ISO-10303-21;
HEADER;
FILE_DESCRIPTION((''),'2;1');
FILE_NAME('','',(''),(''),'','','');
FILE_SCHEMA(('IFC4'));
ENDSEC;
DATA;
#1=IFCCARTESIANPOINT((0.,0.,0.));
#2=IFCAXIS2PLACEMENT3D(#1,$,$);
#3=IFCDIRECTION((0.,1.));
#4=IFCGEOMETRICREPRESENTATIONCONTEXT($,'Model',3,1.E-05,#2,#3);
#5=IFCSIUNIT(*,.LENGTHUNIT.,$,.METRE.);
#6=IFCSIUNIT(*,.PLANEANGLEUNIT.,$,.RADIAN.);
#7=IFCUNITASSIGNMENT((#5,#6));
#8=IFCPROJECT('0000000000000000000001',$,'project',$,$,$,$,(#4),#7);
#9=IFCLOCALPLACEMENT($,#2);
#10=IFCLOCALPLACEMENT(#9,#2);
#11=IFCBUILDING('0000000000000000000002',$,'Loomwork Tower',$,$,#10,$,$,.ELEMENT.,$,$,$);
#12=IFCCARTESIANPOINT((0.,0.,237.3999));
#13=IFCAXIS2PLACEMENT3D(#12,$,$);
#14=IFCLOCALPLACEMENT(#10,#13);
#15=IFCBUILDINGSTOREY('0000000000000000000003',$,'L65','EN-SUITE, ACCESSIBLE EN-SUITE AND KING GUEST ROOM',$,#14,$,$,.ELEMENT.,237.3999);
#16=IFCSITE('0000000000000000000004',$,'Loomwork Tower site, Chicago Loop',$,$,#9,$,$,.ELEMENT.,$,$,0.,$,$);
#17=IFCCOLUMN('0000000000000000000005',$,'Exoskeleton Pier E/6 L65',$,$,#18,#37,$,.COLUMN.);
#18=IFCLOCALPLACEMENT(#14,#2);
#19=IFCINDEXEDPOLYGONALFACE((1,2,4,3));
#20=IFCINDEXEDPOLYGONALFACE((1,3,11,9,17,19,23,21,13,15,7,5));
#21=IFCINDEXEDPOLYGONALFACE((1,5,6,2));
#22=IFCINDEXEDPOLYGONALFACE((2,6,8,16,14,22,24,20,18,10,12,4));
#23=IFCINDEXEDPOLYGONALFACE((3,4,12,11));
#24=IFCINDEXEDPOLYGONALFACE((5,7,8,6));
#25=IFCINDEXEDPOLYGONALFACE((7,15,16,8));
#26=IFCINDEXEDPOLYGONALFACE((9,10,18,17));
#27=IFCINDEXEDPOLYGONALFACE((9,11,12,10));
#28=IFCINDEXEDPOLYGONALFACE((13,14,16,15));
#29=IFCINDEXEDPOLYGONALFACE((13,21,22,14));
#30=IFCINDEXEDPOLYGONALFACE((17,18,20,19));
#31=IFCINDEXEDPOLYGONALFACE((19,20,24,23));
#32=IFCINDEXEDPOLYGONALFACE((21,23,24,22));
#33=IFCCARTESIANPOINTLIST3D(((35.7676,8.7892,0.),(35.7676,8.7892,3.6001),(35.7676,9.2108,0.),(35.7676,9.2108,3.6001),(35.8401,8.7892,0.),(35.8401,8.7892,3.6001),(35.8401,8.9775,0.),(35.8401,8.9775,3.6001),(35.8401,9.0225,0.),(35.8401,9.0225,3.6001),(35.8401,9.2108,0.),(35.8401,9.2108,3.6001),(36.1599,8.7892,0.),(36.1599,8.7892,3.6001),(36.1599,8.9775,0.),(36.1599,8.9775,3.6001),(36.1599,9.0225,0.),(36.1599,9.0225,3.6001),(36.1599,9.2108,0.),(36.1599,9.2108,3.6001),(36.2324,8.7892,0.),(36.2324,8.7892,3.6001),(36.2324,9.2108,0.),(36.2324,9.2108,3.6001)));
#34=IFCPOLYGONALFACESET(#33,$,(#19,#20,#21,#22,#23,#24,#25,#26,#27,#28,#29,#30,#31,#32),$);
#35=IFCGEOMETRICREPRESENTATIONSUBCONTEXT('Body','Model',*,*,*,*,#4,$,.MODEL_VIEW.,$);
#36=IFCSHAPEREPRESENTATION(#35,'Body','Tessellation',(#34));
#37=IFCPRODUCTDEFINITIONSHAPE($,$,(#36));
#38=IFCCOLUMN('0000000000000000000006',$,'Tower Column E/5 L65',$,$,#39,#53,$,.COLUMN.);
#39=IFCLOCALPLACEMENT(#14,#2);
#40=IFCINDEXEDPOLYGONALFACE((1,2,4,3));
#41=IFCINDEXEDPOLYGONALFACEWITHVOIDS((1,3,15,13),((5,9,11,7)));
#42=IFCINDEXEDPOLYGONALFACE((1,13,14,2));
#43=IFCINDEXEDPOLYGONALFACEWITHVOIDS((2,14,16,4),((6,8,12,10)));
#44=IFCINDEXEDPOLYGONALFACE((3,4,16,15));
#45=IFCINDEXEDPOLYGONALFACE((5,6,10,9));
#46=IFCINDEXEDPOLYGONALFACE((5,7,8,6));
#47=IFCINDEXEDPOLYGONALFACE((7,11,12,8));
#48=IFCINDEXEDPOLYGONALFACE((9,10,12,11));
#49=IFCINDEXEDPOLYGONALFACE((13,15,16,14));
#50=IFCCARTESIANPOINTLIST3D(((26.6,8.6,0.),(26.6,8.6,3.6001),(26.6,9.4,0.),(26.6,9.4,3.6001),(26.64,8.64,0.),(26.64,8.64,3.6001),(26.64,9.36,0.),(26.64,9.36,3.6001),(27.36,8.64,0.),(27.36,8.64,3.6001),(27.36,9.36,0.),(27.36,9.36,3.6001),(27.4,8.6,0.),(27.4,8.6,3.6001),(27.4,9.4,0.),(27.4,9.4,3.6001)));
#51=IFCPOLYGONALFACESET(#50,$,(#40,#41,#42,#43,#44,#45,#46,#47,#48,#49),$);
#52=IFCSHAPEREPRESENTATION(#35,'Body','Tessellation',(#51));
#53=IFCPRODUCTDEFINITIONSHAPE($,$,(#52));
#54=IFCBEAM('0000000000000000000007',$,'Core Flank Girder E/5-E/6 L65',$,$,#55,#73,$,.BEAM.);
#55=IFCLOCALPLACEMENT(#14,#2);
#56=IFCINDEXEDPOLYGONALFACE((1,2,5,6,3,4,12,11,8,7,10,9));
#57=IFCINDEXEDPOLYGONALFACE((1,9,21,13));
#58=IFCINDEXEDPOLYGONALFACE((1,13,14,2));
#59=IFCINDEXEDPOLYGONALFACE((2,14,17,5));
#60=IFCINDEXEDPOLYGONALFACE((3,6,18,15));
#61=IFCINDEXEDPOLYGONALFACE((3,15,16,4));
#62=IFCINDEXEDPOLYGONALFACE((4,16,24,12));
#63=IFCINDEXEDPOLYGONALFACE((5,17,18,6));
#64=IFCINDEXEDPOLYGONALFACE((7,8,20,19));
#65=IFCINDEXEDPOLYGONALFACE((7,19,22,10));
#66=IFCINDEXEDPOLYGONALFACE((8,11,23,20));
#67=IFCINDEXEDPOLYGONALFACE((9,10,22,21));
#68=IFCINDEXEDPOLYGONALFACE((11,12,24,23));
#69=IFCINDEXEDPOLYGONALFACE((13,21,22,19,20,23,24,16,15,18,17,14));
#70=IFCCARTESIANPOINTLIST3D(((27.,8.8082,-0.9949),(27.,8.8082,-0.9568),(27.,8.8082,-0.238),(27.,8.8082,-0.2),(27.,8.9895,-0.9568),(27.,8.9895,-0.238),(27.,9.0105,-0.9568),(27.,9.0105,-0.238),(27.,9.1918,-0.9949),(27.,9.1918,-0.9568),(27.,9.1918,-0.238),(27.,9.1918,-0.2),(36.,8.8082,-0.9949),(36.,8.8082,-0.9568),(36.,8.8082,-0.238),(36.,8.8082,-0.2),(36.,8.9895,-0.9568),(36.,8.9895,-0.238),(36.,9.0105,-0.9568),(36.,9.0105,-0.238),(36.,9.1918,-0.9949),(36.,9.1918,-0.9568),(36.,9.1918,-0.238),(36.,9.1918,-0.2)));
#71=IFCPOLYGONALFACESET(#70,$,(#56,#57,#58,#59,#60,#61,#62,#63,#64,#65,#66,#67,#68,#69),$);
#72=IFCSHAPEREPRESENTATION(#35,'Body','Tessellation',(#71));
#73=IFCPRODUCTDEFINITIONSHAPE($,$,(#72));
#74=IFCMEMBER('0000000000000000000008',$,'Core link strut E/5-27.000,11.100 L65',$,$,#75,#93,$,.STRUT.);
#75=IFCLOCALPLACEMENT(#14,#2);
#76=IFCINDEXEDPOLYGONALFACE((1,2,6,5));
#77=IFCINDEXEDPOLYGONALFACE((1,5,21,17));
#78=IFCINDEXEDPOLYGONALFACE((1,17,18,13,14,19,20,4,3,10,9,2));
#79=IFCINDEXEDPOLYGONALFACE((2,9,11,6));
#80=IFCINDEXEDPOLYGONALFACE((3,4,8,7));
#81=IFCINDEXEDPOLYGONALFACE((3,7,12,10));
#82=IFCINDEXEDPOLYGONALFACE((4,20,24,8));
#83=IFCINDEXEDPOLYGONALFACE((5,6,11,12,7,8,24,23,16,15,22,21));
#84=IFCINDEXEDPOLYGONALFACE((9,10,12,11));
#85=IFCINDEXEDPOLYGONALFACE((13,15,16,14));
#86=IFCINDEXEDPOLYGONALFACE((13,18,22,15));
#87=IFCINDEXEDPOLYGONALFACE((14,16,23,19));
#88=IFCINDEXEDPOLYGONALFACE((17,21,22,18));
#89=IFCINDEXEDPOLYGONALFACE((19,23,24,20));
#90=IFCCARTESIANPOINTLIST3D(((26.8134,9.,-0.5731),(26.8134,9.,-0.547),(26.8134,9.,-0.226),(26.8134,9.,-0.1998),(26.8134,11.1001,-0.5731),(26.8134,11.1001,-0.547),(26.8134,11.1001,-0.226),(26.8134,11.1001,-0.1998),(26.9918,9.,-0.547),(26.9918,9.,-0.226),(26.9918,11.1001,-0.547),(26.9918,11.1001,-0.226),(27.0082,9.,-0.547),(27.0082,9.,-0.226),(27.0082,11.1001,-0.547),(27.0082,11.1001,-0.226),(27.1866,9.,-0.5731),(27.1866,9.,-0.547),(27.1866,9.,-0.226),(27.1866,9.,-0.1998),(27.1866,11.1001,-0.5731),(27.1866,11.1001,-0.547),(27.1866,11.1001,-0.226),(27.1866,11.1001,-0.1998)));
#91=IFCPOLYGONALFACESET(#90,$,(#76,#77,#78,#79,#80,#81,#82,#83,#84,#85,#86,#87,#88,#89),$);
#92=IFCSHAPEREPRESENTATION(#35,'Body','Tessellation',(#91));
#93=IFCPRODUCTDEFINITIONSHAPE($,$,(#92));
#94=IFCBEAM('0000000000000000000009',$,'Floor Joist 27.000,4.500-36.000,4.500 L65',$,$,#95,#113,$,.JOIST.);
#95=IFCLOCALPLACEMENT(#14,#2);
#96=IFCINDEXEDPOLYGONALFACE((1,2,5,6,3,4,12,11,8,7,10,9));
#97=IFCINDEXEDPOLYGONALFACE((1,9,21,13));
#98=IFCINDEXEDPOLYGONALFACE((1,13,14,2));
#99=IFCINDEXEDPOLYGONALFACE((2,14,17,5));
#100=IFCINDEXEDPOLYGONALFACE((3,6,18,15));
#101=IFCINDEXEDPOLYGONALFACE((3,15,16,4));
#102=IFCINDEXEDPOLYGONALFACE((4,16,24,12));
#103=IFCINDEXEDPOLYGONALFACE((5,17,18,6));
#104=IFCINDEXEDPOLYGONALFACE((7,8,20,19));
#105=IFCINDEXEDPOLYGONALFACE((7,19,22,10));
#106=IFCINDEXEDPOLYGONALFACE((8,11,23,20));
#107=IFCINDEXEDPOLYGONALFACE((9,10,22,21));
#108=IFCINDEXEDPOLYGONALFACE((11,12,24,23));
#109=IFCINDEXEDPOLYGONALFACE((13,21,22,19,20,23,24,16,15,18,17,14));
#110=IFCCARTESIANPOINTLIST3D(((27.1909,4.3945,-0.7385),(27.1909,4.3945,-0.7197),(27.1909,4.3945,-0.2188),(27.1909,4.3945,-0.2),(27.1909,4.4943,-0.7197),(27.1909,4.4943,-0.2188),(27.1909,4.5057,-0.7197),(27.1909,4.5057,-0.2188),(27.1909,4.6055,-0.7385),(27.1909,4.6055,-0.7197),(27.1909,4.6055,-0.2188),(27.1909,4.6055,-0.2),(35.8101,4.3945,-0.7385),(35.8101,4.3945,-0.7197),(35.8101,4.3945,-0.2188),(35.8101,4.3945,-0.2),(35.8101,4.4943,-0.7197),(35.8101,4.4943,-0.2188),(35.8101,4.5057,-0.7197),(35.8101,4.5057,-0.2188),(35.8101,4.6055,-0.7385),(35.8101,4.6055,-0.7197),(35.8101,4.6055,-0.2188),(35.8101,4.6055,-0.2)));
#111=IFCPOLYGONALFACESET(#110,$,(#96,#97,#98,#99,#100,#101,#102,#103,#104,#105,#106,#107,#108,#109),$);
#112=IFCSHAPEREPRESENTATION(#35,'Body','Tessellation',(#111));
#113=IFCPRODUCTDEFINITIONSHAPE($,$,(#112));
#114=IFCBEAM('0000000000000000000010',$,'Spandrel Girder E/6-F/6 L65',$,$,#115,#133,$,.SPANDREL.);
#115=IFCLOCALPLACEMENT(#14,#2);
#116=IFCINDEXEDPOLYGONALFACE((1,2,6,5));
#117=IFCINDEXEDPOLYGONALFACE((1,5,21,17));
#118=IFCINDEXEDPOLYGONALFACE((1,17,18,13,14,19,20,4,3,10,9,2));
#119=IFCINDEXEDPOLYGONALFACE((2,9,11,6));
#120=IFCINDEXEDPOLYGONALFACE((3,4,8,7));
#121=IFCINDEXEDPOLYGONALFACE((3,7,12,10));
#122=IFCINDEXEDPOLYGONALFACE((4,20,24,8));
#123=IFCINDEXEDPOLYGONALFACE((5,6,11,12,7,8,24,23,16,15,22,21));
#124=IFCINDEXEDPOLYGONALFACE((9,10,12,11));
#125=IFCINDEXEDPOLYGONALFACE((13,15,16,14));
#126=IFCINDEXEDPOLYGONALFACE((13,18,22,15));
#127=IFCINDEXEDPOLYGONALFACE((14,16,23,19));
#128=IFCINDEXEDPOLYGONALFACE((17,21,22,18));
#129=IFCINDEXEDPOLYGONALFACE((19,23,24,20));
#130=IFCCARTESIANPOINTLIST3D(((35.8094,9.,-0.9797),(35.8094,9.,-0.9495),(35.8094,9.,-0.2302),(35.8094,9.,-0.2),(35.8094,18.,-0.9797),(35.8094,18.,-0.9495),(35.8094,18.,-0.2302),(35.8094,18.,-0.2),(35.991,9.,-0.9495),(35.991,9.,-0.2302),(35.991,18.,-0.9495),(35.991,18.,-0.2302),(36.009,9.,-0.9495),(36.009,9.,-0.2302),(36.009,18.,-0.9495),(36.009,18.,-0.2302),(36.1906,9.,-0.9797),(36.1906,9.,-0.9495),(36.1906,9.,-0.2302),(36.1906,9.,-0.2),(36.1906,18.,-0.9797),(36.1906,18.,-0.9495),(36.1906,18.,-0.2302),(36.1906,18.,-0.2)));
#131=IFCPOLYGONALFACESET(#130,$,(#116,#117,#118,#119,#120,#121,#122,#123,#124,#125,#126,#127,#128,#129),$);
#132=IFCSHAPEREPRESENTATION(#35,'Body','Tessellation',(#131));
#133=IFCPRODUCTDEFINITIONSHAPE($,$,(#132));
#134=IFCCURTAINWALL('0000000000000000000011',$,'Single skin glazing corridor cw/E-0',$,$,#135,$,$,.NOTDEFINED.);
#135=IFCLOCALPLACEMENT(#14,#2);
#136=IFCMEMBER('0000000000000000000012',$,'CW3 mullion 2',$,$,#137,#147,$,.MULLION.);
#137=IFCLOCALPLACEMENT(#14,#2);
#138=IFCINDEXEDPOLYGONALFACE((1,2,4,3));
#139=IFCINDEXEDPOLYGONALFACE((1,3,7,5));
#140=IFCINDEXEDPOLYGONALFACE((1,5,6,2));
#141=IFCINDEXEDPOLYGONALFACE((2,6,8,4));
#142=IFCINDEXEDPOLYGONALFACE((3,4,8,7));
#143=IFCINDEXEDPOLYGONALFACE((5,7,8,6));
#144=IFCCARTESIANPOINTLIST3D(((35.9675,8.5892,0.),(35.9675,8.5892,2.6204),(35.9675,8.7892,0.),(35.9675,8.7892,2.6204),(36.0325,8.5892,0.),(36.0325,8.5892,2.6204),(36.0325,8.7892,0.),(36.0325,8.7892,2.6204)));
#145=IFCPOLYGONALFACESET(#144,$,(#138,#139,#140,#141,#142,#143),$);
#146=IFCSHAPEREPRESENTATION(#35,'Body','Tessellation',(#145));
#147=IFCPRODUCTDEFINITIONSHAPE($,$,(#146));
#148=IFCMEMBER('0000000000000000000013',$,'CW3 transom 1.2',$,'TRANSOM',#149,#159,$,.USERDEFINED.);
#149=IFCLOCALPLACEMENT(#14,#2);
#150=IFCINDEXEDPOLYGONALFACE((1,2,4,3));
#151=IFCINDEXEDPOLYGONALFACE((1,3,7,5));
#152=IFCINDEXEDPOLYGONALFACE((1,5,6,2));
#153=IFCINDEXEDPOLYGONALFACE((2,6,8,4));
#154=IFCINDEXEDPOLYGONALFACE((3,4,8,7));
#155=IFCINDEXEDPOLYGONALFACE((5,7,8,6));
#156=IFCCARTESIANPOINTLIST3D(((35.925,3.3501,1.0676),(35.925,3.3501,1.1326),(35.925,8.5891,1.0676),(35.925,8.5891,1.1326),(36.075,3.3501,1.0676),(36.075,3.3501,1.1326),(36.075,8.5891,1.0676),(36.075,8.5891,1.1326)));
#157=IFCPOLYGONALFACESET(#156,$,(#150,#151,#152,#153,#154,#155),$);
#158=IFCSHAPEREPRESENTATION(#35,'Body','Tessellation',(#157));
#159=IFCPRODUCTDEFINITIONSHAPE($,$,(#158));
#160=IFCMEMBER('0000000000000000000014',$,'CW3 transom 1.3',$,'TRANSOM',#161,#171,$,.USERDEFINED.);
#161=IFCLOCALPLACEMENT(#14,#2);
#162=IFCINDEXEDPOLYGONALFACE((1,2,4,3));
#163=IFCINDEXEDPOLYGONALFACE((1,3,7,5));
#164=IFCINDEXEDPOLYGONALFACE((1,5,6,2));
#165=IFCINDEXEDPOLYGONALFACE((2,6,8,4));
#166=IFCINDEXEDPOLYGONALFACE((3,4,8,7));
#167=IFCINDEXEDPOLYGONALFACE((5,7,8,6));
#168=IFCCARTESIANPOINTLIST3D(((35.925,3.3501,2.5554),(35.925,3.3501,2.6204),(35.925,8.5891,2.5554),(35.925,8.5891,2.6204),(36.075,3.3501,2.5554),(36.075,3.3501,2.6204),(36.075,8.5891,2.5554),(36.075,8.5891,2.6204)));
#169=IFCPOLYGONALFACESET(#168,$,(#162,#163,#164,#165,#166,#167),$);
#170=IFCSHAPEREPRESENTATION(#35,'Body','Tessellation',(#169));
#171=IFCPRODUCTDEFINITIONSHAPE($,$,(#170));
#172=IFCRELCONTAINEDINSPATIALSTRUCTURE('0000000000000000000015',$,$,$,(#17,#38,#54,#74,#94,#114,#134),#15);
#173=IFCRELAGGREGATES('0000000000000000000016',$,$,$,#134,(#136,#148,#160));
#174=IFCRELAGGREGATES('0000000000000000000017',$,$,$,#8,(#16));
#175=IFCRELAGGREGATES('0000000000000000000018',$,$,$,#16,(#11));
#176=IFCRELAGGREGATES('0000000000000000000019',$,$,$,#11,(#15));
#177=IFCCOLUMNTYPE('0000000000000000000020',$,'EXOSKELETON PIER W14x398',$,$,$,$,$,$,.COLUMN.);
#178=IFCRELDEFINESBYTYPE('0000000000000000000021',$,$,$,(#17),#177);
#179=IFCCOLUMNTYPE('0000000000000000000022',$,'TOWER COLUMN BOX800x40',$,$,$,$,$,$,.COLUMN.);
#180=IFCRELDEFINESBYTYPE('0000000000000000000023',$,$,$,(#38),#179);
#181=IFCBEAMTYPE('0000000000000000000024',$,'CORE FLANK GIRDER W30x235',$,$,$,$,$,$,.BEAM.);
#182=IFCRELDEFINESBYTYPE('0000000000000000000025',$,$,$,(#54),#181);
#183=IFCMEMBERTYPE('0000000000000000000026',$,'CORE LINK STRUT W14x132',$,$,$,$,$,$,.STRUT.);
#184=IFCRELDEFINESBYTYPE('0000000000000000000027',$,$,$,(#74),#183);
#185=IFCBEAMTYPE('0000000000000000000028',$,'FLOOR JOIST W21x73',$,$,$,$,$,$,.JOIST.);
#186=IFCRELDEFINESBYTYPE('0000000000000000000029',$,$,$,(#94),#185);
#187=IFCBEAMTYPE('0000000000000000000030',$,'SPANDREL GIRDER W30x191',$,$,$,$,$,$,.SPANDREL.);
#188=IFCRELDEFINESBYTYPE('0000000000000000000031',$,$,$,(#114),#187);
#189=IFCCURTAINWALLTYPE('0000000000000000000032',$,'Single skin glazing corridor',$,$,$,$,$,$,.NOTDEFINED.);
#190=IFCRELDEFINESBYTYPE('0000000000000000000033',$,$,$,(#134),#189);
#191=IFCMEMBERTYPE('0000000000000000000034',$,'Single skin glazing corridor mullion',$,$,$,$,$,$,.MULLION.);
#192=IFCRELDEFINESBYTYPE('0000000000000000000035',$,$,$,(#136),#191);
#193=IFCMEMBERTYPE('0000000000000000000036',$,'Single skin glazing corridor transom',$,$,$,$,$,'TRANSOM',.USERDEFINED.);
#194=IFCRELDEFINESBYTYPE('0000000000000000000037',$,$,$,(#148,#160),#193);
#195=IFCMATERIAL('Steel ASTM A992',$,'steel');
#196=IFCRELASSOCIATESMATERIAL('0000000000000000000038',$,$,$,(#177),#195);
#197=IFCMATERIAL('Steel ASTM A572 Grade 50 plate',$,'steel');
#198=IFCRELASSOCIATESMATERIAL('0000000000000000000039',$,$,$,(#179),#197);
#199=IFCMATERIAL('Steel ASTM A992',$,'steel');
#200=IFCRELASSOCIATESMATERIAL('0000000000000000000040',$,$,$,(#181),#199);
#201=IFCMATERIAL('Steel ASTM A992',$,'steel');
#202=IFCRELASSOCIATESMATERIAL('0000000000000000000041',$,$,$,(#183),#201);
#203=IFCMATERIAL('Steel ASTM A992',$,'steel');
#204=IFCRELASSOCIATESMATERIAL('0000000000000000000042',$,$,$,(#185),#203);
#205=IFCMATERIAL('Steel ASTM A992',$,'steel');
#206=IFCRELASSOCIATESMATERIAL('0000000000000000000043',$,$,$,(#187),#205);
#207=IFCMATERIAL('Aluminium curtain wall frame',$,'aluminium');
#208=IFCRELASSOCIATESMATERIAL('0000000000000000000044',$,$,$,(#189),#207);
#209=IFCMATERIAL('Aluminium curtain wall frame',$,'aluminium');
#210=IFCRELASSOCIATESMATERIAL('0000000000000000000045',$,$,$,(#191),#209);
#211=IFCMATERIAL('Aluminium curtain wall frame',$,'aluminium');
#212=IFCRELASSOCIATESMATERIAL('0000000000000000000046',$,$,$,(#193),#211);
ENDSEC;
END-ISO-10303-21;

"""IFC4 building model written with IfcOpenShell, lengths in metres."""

from ifc_helpers import new_model, si_unit, direction, frame, origin, origin_2d, place, context, subcontext, project, spatial, rectangle, hollow_rectangle, i_section, extrude, material, material_profile, profile_set, type_object, element, aggregate, save


model = new_model("IFC4")

# Units and contexts
model_context = context("Model", 3, precision=1e-05, world=origin(), true_north=direction((0.0, 1.0)))
body_context = subcontext(model_context, "Body", "Model", "MODEL_VIEW")
ifc_project = project(units=[si_unit("LENGTHUNIT", "METRE"), si_unit("PLANEANGLEUNIT", "RADIAN")], contexts=[model_context])

# Site, building, storey
site_placement = place(None, origin())
site = spatial("IfcSite", under=ifc_project, at=site_placement, Name="Loomwork Tower site, Chicago Loop", CompositionType="ELEMENT", RefElevation=0.0)
building_placement = place(site_placement, origin())
building = spatial("IfcBuilding", under=site, at=building_placement, Name="Loomwork Tower", CompositionType="ELEMENT")
storey_placement = place(building_placement, frame((0.0, 0.0, 237.3999)))
storey = spatial("IfcBuildingStorey", under=building, at=storey_placement, Name="L65", Description="EN-SUITE, ACCESSIBLE EN-SUITE AND KING GUEST ROOM", CompositionType="ELEMENT", Elevation=237.3999)

# Columns
ifc_material_1 = material(Name="Steel ASTM A992", Category="steel")
ifc_material_profile_1 = material_profile(ifc_material_1, i_section(OverallWidth=0.4216, OverallDepth=0.4648, WebThickness=0.0449, FlangeThickness=0.0725, at=origin_2d()), Name="W14x398")
ifc_profile_set_1 = profile_set([ifc_material_profile_1], Name="Steel ASTM A992")
column_type_1 = type_object("IfcColumnType", Name="EXOSKELETON PIER W14x398", PredefinedType="COLUMN", material=ifc_profile_set_1)
column_1_placement = place(storey_placement, frame((36.0, 9.0, 0.0), z_axis=(0.0, 0.0, 1.0), x_axis=(0.0, 1.0, 0.0)))
element("IfcColumn", 1, at=column_1_placement, inside=storey, type_object=column_type_1, Name="Exoskeleton Pier E/6 L65", PredefinedType="COLUMN", context=body_context, shape_type="SweptSolid", body=[
    extrude(i_section(OverallWidth=0.4216, OverallDepth=0.4648, WebThickness=0.0449, FlangeThickness=0.0725, at=origin_2d()), origin(), (0.0, 0.0, 1.0), 3.6001),
])
ifc_material_2 = material(Name="Steel ASTM A572 Grade 50 plate", Category="steel")
ifc_material_profile_2 = material_profile(ifc_material_2, hollow_rectangle(XDim=0.8, YDim=0.8, WallThickness=0.04, at=origin_2d()), Name="BOX800x40")
ifc_profile_set_2 = profile_set([ifc_material_profile_2], Name="Steel ASTM A572 Grade 50 plate")
column_type_2 = type_object("IfcColumnType", Name="TOWER COLUMN BOX800x40", PredefinedType="COLUMN", material=ifc_profile_set_2)
column_2_placement = place(storey_placement, frame((27.0, 9.0, 0.0), z_axis=(0.0, 0.0, 1.0), x_axis=(1.0, 0.0, 0.0)))
element("IfcColumn", 2, at=column_2_placement, inside=storey, type_object=column_type_2, Name="Tower Column E/5 L65", PredefinedType="COLUMN", context=body_context, shape_type="SweptSolid", body=[
    extrude(hollow_rectangle(XDim=0.8, YDim=0.8, WallThickness=0.04, at=origin_2d()), origin(), (0.0, 0.0, 1.0), 3.6001),
])

# Beam
ifc_material_3 = material(Name="Steel ASTM A992", Category="steel")
ifc_material_profile_3 = material_profile(ifc_material_3, i_section(OverallWidth=0.3835, OverallDepth=0.7949, WebThickness=0.021, FlangeThickness=0.0381, at=origin_2d()), Name="W30x235")
ifc_profile_set_3 = profile_set([ifc_material_profile_3], Name="Steel ASTM A992")
beam_type_1 = type_object("IfcBeamType", Name="CORE FLANK GIRDER W30x235", PredefinedType="BEAM", material=ifc_profile_set_3)
beam_1_placement = place(storey_placement, frame((27.0, 9.0, -0.5974), z_axis=(1.0, 0.0, 0.0), x_axis=(0.0, 1.0, 0.0)))
element("IfcBeam", 3, at=beam_1_placement, inside=storey, type_object=beam_type_1, Name="Core Flank Girder E/5-E/6 L65", PredefinedType="BEAM", context=body_context, shape_type="SweptSolid", body=[
    extrude(i_section(OverallWidth=0.3835, OverallDepth=0.7949, WebThickness=0.021, FlangeThickness=0.0381, at=origin_2d()), origin(), (0.0, 0.0, 1.0), 9.0),
])

# Member
ifc_material_4 = material(Name="Steel ASTM A992", Category="steel")
ifc_material_profile_4 = material_profile(ifc_material_4, i_section(OverallWidth=0.3733, OverallDepth=0.3733, WebThickness=0.0164, FlangeThickness=0.0261, at=origin_2d()), Name="W14x132")
ifc_profile_set_4 = profile_set([ifc_material_profile_4], Name="Steel ASTM A992")
member_type_1 = type_object("IfcMemberType", Name="CORE LINK STRUT W14x132", PredefinedType="STRUT", material=ifc_profile_set_4)
member_1_placement = place(storey_placement, frame((27.0, 9.0, -0.3865), z_axis=(0.0, 1.0, 0.0), x_axis=(-1.0, 0.0, 0.0)))
element("IfcMember", 4, at=member_1_placement, inside=storey, type_object=member_type_1, Name="Core link strut E/5-27.000,11.100 L65", PredefinedType="STRUT", context=body_context, shape_type="SweptSolid", body=[
    extrude(i_section(OverallWidth=0.3733, OverallDepth=0.3733, WebThickness=0.0164, FlangeThickness=0.0261, at=origin_2d()), origin(), (0.0, 0.0, 1.0), 2.1001),
])

# Beams
ifc_material_5 = material(Name="Steel ASTM A992", Category="steel")
ifc_material_profile_5 = material_profile(ifc_material_5, i_section(OverallWidth=0.2109, OverallDepth=0.5386, WebThickness=0.0115, FlangeThickness=0.0188, at=origin_2d()), Name="W21x73")
ifc_profile_set_5 = profile_set([ifc_material_profile_5], Name="Steel ASTM A992")
beam_type_2 = type_object("IfcBeamType", Name="FLOOR JOIST W21x73", PredefinedType="JOIST", material=ifc_profile_set_5)
beam_2_placement = place(storey_placement, frame((27.1909, 4.5, -0.4692), z_axis=(1.0, 0.0, 0.0), x_axis=(0.0, 1.0, 0.0)))
element("IfcBeam", 5, at=beam_2_placement, inside=storey, type_object=beam_type_2, Name="Floor Joist 27.000,4.500-36.000,4.500 L65", PredefinedType="JOIST", context=body_context, shape_type="SweptSolid", body=[
    extrude(i_section(OverallWidth=0.2109, OverallDepth=0.5386, WebThickness=0.0115, FlangeThickness=0.0188, at=origin_2d()), origin(), (0.0, 0.0, 1.0), 8.6191),
])
ifc_material_6 = material(Name="Steel ASTM A992", Category="steel")
ifc_material_profile_6 = material_profile(ifc_material_6, i_section(OverallWidth=0.3811, OverallDepth=0.7798, WebThickness=0.0181, FlangeThickness=0.0303, at=origin_2d()), Name="W30x191")
ifc_profile_set_6 = profile_set([ifc_material_profile_6], Name="Steel ASTM A992")
beam_type_3 = type_object("IfcBeamType", Name="SPANDREL GIRDER W30x191", PredefinedType="SPANDREL", material=ifc_profile_set_6)
beam_3_placement = place(storey_placement, frame((36.0, 9.0, -0.5898), z_axis=(0.0, 1.0, 0.0), x_axis=(-1.0, 0.0, 0.0)))
element("IfcBeam", 6, at=beam_3_placement, inside=storey, type_object=beam_type_3, Name="Spandrel Girder E/6-F/6 L65", PredefinedType="SPANDREL", context=body_context, shape_type="SweptSolid", body=[
    extrude(i_section(OverallWidth=0.3811, OverallDepth=0.7798, WebThickness=0.0181, FlangeThickness=0.0303, at=origin_2d()), origin(), (0.0, 0.0, 1.0), 9.0),
])

# Curtain wall, members
ifc_material_7 = material(Name="Aluminium curtain wall frame", Category="aluminium")
curtain_wall_type = type_object("IfcCurtainWallType", Name="Single skin glazing corridor", PredefinedType="NOTDEFINED", material=ifc_material_7)
curtain_wall_placement = place(storey_placement, origin())
curtain_wall = element("IfcCurtainWall", 7, at=curtain_wall_placement, inside=storey, type_object=curtain_wall_type, Name="Single skin glazing corridor cw/E-0", PredefinedType="NOTDEFINED")
ifc_material_8 = material(Name="Aluminium curtain wall frame", Category="aluminium")
ifc_material_profile_7 = material_profile(ifc_material_8, rectangle(XDim=0.0649, YDim=0.2, at=origin_2d()), Name="AL 65x200")
ifc_profile_set_7 = profile_set([ifc_material_profile_7], Name="Aluminium curtain wall frame")
member_type_2 = type_object("IfcMemberType", Name="Single skin glazing corridor mullion", PredefinedType="MULLION", material=ifc_profile_set_7)
member_2_placement = place(storey_placement, frame((36.0, 8.6892, 0.0), z_axis=(0.0, 0.0, 1.0), x_axis=(-1.0, 0.0, 0.0)))
member_2 = element("IfcMember", 8, at=member_2_placement, type_object=member_type_2, Name="CW3 mullion 2", PredefinedType="MULLION", context=body_context, shape_type="SweptSolid", body=[
    extrude(rectangle(XDim=0.0649, YDim=0.2, at=origin_2d()), origin(), (0.0, 0.0, 1.0), 2.6204),
])
ifc_material_9 = material(Name="Aluminium curtain wall frame", Category="aluminium")
ifc_material_profile_8 = material_profile(ifc_material_9, rectangle(XDim=0.1499, YDim=0.0649, at=origin_2d()), Name="AL 65x150")
ifc_profile_set_8 = profile_set([ifc_material_profile_8], Name="Aluminium curtain wall frame")
member_type_3 = type_object("IfcMemberType", Name="Single skin glazing corridor transom", ElementType="TRANSOM", PredefinedType="USERDEFINED", material=ifc_profile_set_8)
member_3_placement = place(storey_placement, frame((36.0, 3.3501, 1.1001), z_axis=(0.0, 1.0, 0.0), x_axis=(-1.0, 0.0, 0.0)))
member_3 = element("IfcMember", 9, at=member_3_placement, type_object=member_type_3, Name="CW3 transom 1.2", ObjectType="TRANSOM", PredefinedType="USERDEFINED", context=body_context, shape_type="SweptSolid", body=[
    extrude(rectangle(XDim=0.1499, YDim=0.0649, at=origin_2d()), origin(), (0.0, 0.0, 1.0), 5.239),
])
member_4_placement = place(storey_placement, frame((36.0, 3.3501, 2.5879), z_axis=(0.0, 1.0, 0.0), x_axis=(-1.0, 0.0, 0.0)))
member_4 = element("IfcMember", 10, at=member_4_placement, type_object=member_type_3, Name="CW3 transom 1.3", ObjectType="TRANSOM", PredefinedType="USERDEFINED", context=body_context, shape_type="SweptSolid", body=[
    extrude(rectangle(XDim=0.1499, YDim=0.0649, at=origin_2d()), origin(), (0.0, 0.0, 1.0), 5.239),
])
aggregate(curtain_wall, [member_2, member_3, member_4])

save(model, "model.ifc")
